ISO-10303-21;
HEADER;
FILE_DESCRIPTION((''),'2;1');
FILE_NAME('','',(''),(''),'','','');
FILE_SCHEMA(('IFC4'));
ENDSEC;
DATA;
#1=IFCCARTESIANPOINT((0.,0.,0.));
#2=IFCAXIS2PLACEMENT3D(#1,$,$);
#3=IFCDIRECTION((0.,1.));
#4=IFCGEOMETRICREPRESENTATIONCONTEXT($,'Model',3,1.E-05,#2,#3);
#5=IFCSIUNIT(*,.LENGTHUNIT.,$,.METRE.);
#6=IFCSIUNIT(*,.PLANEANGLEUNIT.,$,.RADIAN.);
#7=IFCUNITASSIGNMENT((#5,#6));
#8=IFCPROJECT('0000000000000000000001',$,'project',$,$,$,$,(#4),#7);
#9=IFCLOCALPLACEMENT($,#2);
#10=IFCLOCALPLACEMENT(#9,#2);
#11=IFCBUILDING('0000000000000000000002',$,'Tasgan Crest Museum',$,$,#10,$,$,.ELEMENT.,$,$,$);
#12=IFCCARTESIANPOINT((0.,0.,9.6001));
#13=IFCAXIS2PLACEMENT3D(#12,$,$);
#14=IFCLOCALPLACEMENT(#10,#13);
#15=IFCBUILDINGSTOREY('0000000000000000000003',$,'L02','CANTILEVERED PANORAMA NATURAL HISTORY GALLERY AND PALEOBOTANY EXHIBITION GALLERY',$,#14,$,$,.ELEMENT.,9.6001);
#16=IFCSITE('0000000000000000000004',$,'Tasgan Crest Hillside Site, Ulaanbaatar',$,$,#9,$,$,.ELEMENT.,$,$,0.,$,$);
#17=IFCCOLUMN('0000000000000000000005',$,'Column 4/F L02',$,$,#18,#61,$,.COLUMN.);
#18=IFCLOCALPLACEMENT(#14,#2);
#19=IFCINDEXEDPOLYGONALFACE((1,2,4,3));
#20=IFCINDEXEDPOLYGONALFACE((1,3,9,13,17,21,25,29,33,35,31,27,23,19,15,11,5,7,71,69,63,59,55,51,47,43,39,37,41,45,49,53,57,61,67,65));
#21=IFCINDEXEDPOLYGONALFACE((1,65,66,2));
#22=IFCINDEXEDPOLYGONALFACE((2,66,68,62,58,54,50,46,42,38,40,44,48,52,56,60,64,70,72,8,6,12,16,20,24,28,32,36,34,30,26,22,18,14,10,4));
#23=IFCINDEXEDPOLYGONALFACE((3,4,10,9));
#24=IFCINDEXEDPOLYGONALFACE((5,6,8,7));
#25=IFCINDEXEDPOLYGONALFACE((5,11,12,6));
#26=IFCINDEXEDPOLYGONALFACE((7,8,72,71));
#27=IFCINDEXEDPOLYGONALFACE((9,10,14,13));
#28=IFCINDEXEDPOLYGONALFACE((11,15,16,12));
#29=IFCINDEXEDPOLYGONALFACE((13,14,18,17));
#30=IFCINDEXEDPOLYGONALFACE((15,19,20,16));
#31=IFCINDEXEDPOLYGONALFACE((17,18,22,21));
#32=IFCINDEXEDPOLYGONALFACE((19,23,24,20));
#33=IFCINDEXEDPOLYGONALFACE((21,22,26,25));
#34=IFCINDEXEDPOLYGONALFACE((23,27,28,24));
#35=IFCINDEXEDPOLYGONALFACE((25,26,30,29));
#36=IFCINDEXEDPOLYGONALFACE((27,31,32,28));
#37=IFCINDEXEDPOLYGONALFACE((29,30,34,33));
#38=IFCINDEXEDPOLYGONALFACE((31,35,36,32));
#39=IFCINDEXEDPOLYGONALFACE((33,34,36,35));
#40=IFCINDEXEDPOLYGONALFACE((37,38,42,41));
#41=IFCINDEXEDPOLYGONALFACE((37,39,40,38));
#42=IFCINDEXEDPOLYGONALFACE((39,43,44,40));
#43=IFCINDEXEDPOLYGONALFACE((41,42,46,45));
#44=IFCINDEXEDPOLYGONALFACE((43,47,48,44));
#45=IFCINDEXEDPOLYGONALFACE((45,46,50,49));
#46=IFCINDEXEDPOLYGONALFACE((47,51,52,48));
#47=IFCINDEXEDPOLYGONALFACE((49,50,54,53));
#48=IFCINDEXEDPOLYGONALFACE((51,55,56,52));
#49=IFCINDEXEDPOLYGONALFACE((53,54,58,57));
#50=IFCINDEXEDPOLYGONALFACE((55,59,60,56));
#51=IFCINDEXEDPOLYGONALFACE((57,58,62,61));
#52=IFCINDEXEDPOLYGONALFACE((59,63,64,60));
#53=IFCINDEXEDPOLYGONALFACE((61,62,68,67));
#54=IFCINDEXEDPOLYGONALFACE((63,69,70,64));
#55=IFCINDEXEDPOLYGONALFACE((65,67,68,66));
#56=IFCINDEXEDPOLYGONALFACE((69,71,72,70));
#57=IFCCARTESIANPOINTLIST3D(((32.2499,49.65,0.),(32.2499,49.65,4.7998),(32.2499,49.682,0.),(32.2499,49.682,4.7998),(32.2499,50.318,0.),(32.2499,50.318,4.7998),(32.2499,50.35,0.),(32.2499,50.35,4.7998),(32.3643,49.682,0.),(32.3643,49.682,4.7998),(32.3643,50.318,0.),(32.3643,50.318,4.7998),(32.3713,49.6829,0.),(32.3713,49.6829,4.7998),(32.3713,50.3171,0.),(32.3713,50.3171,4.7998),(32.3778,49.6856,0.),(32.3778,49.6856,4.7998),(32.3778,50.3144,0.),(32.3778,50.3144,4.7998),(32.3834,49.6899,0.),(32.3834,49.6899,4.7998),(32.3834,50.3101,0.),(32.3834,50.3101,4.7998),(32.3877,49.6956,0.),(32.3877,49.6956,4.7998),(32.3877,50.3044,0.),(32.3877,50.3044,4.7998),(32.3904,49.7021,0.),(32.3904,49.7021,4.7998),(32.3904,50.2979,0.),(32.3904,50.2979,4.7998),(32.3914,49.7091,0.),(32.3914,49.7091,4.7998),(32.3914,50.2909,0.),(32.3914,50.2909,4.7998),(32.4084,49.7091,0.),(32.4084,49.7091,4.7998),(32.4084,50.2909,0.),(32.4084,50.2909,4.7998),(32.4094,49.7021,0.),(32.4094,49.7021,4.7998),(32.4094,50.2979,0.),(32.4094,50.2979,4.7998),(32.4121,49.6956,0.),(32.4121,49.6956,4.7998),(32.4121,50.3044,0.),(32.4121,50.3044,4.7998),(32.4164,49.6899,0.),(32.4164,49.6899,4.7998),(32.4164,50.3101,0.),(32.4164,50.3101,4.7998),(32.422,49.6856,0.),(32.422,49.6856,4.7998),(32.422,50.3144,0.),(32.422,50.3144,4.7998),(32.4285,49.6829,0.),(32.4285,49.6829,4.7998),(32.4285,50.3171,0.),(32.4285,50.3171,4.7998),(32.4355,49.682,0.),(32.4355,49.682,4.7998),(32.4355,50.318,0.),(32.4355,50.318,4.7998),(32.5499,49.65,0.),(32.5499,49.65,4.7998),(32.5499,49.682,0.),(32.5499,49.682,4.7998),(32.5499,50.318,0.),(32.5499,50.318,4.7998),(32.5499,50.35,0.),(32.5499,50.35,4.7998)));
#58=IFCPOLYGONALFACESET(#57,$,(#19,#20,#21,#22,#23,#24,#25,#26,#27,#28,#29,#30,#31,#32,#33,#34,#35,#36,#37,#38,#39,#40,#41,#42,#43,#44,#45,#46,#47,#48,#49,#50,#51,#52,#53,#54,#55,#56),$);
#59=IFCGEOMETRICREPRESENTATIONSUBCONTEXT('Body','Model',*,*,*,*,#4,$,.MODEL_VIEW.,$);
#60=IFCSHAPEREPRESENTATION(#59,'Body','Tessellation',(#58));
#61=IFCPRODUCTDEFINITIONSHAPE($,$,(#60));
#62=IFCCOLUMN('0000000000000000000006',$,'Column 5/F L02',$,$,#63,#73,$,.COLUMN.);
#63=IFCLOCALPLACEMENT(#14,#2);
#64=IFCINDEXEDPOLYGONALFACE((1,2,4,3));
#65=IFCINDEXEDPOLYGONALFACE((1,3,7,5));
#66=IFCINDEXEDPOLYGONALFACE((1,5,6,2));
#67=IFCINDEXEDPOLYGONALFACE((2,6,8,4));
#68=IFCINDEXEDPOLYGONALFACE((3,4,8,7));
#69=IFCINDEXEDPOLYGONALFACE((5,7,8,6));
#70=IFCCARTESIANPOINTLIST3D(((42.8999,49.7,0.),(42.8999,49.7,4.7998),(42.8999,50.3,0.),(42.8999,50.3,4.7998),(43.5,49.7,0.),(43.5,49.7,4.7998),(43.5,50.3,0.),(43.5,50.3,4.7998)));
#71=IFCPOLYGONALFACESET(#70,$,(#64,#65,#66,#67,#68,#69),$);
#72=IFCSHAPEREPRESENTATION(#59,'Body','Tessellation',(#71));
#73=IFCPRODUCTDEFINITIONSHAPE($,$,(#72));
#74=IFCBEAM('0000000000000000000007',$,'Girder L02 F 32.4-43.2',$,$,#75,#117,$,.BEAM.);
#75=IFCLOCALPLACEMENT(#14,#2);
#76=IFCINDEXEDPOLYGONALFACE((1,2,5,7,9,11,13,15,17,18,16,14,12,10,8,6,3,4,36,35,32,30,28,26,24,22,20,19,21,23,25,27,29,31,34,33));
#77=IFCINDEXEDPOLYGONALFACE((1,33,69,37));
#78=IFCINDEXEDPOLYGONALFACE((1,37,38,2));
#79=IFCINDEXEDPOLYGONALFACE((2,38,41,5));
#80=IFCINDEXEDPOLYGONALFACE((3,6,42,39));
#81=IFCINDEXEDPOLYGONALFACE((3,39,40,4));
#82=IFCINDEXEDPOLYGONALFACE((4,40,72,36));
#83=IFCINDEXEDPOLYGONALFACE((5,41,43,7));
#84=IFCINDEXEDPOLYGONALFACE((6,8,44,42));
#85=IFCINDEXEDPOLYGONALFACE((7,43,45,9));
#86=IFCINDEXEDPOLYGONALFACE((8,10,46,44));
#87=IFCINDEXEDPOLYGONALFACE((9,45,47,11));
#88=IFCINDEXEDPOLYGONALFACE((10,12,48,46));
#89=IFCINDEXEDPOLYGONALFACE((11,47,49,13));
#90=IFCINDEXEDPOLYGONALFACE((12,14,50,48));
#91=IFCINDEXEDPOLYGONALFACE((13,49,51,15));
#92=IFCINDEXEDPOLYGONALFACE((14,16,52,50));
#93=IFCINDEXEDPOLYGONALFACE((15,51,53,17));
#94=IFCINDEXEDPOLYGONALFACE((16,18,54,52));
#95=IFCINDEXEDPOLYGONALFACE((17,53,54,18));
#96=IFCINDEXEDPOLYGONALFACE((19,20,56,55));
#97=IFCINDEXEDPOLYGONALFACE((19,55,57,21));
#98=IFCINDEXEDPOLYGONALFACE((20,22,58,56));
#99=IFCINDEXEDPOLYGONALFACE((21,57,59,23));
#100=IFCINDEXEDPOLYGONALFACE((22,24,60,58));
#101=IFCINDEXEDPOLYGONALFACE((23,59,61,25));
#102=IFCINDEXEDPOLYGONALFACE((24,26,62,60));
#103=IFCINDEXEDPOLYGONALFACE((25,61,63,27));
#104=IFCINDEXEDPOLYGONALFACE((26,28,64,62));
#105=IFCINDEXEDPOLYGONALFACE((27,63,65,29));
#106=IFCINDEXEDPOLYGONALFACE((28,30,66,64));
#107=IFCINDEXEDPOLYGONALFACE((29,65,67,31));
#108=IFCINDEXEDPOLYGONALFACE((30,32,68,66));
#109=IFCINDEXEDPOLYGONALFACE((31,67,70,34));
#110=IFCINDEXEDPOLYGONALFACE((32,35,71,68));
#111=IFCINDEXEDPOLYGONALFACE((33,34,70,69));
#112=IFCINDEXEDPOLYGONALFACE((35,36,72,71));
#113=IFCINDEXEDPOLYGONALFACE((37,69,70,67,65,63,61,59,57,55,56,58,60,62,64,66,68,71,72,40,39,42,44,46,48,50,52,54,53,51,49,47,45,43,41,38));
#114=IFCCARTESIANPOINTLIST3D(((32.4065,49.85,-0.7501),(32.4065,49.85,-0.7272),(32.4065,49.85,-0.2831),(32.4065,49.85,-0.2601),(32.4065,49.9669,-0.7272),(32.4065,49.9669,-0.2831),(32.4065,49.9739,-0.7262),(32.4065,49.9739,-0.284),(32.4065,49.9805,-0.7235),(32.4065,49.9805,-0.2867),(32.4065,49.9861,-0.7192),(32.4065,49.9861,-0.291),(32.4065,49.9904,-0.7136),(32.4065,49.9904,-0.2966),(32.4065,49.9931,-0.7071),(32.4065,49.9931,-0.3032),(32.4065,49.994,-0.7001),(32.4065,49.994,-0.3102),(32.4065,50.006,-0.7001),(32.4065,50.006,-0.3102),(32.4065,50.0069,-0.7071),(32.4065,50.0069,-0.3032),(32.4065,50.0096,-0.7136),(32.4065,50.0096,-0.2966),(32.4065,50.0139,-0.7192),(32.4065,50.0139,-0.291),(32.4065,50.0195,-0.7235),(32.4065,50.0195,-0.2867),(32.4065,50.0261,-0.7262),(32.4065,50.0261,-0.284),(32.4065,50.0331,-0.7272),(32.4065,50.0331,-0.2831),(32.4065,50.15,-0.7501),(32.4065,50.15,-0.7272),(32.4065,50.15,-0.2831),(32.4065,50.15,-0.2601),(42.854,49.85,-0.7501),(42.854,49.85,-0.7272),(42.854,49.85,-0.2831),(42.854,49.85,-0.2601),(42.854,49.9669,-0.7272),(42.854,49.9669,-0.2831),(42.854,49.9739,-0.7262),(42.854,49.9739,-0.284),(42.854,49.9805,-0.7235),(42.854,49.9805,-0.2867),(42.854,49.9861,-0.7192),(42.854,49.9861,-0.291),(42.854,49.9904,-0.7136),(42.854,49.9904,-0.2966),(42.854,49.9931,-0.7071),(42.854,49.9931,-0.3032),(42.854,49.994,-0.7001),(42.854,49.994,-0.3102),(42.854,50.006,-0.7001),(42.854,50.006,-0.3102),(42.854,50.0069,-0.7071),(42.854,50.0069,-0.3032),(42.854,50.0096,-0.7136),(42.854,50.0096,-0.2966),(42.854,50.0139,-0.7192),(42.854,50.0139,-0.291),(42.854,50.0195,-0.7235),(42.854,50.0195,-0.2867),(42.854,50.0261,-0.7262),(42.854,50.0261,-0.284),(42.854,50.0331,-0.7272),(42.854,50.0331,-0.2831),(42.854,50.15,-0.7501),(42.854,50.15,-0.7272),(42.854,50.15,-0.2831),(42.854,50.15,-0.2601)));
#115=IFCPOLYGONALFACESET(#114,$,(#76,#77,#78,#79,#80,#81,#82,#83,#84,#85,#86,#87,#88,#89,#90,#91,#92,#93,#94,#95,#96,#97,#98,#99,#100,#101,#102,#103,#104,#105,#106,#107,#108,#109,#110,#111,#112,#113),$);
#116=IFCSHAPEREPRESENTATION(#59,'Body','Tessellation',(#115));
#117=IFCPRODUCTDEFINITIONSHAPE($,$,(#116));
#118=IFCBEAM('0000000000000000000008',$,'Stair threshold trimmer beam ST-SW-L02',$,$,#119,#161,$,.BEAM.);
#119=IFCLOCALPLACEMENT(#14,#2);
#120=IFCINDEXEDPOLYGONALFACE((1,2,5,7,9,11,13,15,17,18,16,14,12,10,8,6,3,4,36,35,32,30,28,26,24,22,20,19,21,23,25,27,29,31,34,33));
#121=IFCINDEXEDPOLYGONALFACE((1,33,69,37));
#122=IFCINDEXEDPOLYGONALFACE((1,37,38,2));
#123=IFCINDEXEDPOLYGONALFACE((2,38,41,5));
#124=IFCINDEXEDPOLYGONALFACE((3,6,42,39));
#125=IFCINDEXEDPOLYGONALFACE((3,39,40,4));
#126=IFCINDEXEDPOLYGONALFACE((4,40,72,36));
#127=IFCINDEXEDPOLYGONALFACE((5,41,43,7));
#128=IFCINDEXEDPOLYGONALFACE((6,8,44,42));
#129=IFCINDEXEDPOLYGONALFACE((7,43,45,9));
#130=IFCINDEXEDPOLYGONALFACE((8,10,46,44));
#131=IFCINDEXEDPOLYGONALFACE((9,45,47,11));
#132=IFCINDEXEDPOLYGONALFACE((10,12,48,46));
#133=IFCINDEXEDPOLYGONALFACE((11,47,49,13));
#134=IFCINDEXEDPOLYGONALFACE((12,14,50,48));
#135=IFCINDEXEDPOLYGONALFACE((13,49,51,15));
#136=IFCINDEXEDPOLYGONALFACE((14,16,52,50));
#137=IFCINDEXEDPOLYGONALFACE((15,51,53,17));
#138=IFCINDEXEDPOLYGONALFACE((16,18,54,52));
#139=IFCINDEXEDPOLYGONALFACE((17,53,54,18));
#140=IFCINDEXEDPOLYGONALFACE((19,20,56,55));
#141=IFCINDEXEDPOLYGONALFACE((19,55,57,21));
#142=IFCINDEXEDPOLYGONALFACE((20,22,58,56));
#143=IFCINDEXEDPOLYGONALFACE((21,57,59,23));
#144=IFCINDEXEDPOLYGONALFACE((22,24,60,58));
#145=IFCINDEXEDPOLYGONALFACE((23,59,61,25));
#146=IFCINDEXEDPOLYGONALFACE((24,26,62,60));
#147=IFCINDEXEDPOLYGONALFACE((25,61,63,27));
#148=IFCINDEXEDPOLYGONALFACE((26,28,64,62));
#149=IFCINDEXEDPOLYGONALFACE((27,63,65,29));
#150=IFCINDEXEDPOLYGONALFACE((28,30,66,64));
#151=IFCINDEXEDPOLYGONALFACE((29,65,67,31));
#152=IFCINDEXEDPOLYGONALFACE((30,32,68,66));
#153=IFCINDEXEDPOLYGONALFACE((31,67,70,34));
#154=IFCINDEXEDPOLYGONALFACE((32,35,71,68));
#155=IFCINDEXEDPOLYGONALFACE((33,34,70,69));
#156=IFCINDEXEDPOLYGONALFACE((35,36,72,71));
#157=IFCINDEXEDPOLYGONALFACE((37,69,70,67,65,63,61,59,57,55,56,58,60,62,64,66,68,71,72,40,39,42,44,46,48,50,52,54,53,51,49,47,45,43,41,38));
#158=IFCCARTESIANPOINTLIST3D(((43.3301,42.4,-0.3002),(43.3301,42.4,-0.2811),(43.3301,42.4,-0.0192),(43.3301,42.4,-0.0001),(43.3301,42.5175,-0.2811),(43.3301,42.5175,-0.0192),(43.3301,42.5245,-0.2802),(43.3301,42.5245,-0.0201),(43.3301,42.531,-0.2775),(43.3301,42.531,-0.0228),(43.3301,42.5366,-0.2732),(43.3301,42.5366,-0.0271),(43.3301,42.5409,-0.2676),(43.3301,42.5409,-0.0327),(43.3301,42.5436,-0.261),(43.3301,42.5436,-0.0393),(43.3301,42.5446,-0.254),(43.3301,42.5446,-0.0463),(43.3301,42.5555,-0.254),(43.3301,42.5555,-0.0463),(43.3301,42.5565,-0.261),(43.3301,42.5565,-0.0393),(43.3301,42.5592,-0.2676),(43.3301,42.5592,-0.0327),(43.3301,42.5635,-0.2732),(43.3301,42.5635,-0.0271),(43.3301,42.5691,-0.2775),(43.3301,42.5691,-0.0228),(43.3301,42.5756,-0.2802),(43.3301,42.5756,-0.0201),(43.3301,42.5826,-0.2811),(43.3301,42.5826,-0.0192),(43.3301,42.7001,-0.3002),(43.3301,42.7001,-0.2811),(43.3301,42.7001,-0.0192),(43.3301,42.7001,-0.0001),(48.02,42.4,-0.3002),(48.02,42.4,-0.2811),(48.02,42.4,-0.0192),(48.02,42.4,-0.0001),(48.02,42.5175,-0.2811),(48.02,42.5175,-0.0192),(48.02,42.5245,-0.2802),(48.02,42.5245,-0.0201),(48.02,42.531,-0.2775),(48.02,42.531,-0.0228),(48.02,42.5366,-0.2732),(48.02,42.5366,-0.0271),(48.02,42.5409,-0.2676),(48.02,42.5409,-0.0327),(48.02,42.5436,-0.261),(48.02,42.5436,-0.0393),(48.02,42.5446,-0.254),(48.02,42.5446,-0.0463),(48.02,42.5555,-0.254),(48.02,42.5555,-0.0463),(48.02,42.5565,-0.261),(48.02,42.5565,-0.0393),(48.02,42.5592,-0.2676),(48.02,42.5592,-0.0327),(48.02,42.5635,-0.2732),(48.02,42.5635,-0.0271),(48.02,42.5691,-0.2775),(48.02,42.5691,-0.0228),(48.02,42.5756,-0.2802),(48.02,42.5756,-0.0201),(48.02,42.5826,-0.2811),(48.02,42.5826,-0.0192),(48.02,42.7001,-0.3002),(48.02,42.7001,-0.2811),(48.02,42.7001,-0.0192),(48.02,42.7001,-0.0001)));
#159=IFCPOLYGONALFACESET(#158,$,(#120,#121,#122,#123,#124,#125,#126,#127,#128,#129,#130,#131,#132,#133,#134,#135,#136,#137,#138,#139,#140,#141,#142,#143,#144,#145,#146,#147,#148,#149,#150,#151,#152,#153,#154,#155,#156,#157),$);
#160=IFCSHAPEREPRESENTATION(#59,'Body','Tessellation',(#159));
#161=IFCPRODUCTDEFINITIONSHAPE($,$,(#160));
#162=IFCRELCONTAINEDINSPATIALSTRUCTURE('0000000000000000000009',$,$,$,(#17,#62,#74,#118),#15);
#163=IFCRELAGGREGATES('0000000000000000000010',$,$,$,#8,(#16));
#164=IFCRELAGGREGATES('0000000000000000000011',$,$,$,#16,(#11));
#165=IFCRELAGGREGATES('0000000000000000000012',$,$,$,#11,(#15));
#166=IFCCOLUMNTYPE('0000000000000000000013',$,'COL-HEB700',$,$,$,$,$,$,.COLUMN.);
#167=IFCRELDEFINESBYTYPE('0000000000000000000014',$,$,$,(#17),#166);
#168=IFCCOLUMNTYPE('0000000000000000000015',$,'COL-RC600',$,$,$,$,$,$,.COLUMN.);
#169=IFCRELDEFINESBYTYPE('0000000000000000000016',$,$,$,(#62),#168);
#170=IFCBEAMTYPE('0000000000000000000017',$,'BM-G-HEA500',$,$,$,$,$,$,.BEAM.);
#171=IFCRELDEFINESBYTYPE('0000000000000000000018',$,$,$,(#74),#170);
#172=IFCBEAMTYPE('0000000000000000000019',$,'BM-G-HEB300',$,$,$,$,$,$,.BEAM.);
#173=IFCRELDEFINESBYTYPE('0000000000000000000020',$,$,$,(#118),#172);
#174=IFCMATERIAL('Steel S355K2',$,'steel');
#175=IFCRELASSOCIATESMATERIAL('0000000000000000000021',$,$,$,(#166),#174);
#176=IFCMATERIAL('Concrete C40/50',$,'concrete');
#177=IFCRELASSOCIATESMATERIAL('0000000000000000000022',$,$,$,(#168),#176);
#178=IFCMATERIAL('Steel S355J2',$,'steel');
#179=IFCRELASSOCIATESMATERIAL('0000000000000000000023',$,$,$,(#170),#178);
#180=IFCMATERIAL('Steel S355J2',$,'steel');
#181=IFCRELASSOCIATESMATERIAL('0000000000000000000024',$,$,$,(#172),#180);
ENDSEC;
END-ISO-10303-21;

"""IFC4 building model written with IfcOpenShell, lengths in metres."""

from ifc_helpers import new_model, si_unit, direction, frame, origin, origin_2d, place, context, subcontext, project, spatial, rectangle, i_section, extrude, material, material_profile, profile_set, type_object, element, save


model = new_model("IFC4")

# Units and contexts
model_context = context("Model", 3, precision=1e-05, world=origin(), true_north=direction((0.0, 1.0)))
body_context = subcontext(model_context, "Body", "Model", "MODEL_VIEW")
ifc_project = project(units=[si_unit("LENGTHUNIT", "METRE"), si_unit("PLANEANGLEUNIT", "RADIAN")], contexts=[model_context])

# Site, building, storey
site_placement = place(None, origin())
site = spatial("IfcSite", under=ifc_project, at=site_placement, Name="Tasgan Crest Hillside Site, Ulaanbaatar", CompositionType="ELEMENT", RefElevation=0.0)
building_placement = place(site_placement, origin())
building = spatial("IfcBuilding", under=site, at=building_placement, Name="Tasgan Crest Museum", CompositionType="ELEMENT")
storey_placement = place(building_placement, frame((0.0, 0.0, 9.6001)))
storey = spatial("IfcBuildingStorey", under=building, at=storey_placement, Name="L02", Description="CANTILEVERED PANORAMA NATURAL HISTORY GALLERY AND PALEOBOTANY EXHIBITION GALLERY", CompositionType="ELEMENT", Elevation=9.6001)

# Columns
ifc_material_1 = material(Name="Steel S355K2", Category="steel")
ifc_material_profile_1 = material_profile(ifc_material_1, i_section(OverallWidth=0.3, OverallDepth=0.7, WebThickness=0.0171, FlangeThickness=0.032, FilletRadius=0.0271, at=origin_2d()), Name="HEB 700")
ifc_profile_set_1 = profile_set([ifc_material_profile_1], Name="Steel S355K2")
column_type_1 = type_object("IfcColumnType", Name="COL-HEB700", PredefinedType="COLUMN", material=ifc_profile_set_1)
column_1_placement = place(storey_placement, frame((32.3999, 50.0, 0.0), z_axis=(0.0, 0.0, 1.0), x_axis=(1.0, 0.0, 0.0)))
element("IfcColumn", 1, at=column_1_placement, inside=storey, type_object=column_type_1, Name="Column 4/F L02", PredefinedType="COLUMN", context=body_context, shape_type="SweptSolid", body=[
    extrude(i_section(OverallWidth=0.3, OverallDepth=0.7, WebThickness=0.0171, FlangeThickness=0.032, FilletRadius=0.0271, at=origin_2d()), origin(), (0.0, 0.0, 1.0), 4.7998),
])
ifc_material_2 = material(Name="Concrete C40/50", Category="concrete")
ifc_material_profile_2 = material_profile(ifc_material_2, rectangle(XDim=0.6001, YDim=0.6001, at=origin_2d()), Name="RC 600x600")
ifc_profile_set_2 = profile_set([ifc_material_profile_2], Name="Concrete C40/50")
column_type_2 = type_object("IfcColumnType", Name="COL-RC600", PredefinedType="COLUMN", material=ifc_profile_set_2)
column_2_placement = place(storey_placement, frame((43.2, 50.0, 0.0), z_axis=(0.0, 0.0, 1.0), x_axis=(1.0, 0.0, 0.0)))
element("IfcColumn", 2, at=column_2_placement, inside=storey, type_object=column_type_2, Name="Column 5/F L02", PredefinedType="COLUMN", context=body_context, shape_type="SweptSolid", body=[
    extrude(rectangle(XDim=0.6001, YDim=0.6001, at=origin_2d()), origin(), (0.0, 0.0, 1.0), 4.7998),
])

# Beams
ifc_material_3 = material(Name="Steel S355J2", Category="steel")
ifc_material_profile_3 = material_profile(ifc_material_3, i_section(OverallWidth=0.3, OverallDepth=0.49, WebThickness=0.012, FlangeThickness=0.0229, FilletRadius=0.0271, at=origin_2d()), Name="HEA 500")
ifc_profile_set_3 = profile_set([ifc_material_profile_3], Name="Steel S355J2")
beam_type_1 = type_object("IfcBeamType", Name="BM-G-HEA500", PredefinedType="BEAM", material=ifc_profile_set_3)
beam_1_placement = place(storey_placement, frame((32.4065, 50.0, -0.5051), z_axis=(1.0, 0.0, 0.0), x_axis=(0.0, 1.0, 0.0)))
element("IfcBeam", 3, at=beam_1_placement, inside=storey, type_object=beam_type_1, Name="Girder L02 F 32.4-43.2", PredefinedType="BEAM", context=body_context, shape_type="SweptSolid", body=[
    extrude(i_section(OverallWidth=0.3, OverallDepth=0.49, WebThickness=0.012, FlangeThickness=0.0229, FilletRadius=0.0271, at=origin_2d()), origin(), (0.0, 0.0, 1.0), 10.4475),
])
ifc_material_4 = material(Name="Steel S355J2", Category="steel")
ifc_material_profile_4 = material_profile(ifc_material_4, i_section(OverallWidth=0.3, OverallDepth=0.3, WebThickness=0.011, FlangeThickness=0.019, FilletRadius=0.0271, at=origin_2d()), Name="HEB 300")
ifc_profile_set_4 = profile_set([ifc_material_profile_4], Name="Steel S355J2")
beam_type_2 = type_object("IfcBeamType", Name="BM-G-HEB300", PredefinedType="BEAM", material=ifc_profile_set_4)
beam_2_placement = place(storey_placement, frame((43.3301, 42.55, -0.1501), z_axis=(1.0, 0.0, 0.0), x_axis=(0.0, 1.0, 0.0)))
element("IfcBeam", 4, at=beam_2_placement, inside=storey, type_object=beam_type_2, Name="Stair threshold trimmer beam ST-SW-L02", PredefinedType="BEAM", context=body_context, shape_type="SweptSolid", body=[
    extrude(i_section(OverallWidth=0.3, OverallDepth=0.3, WebThickness=0.011, FlangeThickness=0.019, FilletRadius=0.0271, at=origin_2d()), origin(), (0.0, 0.0, 1.0), 4.6899),
])

save(model, "model.ifc")
